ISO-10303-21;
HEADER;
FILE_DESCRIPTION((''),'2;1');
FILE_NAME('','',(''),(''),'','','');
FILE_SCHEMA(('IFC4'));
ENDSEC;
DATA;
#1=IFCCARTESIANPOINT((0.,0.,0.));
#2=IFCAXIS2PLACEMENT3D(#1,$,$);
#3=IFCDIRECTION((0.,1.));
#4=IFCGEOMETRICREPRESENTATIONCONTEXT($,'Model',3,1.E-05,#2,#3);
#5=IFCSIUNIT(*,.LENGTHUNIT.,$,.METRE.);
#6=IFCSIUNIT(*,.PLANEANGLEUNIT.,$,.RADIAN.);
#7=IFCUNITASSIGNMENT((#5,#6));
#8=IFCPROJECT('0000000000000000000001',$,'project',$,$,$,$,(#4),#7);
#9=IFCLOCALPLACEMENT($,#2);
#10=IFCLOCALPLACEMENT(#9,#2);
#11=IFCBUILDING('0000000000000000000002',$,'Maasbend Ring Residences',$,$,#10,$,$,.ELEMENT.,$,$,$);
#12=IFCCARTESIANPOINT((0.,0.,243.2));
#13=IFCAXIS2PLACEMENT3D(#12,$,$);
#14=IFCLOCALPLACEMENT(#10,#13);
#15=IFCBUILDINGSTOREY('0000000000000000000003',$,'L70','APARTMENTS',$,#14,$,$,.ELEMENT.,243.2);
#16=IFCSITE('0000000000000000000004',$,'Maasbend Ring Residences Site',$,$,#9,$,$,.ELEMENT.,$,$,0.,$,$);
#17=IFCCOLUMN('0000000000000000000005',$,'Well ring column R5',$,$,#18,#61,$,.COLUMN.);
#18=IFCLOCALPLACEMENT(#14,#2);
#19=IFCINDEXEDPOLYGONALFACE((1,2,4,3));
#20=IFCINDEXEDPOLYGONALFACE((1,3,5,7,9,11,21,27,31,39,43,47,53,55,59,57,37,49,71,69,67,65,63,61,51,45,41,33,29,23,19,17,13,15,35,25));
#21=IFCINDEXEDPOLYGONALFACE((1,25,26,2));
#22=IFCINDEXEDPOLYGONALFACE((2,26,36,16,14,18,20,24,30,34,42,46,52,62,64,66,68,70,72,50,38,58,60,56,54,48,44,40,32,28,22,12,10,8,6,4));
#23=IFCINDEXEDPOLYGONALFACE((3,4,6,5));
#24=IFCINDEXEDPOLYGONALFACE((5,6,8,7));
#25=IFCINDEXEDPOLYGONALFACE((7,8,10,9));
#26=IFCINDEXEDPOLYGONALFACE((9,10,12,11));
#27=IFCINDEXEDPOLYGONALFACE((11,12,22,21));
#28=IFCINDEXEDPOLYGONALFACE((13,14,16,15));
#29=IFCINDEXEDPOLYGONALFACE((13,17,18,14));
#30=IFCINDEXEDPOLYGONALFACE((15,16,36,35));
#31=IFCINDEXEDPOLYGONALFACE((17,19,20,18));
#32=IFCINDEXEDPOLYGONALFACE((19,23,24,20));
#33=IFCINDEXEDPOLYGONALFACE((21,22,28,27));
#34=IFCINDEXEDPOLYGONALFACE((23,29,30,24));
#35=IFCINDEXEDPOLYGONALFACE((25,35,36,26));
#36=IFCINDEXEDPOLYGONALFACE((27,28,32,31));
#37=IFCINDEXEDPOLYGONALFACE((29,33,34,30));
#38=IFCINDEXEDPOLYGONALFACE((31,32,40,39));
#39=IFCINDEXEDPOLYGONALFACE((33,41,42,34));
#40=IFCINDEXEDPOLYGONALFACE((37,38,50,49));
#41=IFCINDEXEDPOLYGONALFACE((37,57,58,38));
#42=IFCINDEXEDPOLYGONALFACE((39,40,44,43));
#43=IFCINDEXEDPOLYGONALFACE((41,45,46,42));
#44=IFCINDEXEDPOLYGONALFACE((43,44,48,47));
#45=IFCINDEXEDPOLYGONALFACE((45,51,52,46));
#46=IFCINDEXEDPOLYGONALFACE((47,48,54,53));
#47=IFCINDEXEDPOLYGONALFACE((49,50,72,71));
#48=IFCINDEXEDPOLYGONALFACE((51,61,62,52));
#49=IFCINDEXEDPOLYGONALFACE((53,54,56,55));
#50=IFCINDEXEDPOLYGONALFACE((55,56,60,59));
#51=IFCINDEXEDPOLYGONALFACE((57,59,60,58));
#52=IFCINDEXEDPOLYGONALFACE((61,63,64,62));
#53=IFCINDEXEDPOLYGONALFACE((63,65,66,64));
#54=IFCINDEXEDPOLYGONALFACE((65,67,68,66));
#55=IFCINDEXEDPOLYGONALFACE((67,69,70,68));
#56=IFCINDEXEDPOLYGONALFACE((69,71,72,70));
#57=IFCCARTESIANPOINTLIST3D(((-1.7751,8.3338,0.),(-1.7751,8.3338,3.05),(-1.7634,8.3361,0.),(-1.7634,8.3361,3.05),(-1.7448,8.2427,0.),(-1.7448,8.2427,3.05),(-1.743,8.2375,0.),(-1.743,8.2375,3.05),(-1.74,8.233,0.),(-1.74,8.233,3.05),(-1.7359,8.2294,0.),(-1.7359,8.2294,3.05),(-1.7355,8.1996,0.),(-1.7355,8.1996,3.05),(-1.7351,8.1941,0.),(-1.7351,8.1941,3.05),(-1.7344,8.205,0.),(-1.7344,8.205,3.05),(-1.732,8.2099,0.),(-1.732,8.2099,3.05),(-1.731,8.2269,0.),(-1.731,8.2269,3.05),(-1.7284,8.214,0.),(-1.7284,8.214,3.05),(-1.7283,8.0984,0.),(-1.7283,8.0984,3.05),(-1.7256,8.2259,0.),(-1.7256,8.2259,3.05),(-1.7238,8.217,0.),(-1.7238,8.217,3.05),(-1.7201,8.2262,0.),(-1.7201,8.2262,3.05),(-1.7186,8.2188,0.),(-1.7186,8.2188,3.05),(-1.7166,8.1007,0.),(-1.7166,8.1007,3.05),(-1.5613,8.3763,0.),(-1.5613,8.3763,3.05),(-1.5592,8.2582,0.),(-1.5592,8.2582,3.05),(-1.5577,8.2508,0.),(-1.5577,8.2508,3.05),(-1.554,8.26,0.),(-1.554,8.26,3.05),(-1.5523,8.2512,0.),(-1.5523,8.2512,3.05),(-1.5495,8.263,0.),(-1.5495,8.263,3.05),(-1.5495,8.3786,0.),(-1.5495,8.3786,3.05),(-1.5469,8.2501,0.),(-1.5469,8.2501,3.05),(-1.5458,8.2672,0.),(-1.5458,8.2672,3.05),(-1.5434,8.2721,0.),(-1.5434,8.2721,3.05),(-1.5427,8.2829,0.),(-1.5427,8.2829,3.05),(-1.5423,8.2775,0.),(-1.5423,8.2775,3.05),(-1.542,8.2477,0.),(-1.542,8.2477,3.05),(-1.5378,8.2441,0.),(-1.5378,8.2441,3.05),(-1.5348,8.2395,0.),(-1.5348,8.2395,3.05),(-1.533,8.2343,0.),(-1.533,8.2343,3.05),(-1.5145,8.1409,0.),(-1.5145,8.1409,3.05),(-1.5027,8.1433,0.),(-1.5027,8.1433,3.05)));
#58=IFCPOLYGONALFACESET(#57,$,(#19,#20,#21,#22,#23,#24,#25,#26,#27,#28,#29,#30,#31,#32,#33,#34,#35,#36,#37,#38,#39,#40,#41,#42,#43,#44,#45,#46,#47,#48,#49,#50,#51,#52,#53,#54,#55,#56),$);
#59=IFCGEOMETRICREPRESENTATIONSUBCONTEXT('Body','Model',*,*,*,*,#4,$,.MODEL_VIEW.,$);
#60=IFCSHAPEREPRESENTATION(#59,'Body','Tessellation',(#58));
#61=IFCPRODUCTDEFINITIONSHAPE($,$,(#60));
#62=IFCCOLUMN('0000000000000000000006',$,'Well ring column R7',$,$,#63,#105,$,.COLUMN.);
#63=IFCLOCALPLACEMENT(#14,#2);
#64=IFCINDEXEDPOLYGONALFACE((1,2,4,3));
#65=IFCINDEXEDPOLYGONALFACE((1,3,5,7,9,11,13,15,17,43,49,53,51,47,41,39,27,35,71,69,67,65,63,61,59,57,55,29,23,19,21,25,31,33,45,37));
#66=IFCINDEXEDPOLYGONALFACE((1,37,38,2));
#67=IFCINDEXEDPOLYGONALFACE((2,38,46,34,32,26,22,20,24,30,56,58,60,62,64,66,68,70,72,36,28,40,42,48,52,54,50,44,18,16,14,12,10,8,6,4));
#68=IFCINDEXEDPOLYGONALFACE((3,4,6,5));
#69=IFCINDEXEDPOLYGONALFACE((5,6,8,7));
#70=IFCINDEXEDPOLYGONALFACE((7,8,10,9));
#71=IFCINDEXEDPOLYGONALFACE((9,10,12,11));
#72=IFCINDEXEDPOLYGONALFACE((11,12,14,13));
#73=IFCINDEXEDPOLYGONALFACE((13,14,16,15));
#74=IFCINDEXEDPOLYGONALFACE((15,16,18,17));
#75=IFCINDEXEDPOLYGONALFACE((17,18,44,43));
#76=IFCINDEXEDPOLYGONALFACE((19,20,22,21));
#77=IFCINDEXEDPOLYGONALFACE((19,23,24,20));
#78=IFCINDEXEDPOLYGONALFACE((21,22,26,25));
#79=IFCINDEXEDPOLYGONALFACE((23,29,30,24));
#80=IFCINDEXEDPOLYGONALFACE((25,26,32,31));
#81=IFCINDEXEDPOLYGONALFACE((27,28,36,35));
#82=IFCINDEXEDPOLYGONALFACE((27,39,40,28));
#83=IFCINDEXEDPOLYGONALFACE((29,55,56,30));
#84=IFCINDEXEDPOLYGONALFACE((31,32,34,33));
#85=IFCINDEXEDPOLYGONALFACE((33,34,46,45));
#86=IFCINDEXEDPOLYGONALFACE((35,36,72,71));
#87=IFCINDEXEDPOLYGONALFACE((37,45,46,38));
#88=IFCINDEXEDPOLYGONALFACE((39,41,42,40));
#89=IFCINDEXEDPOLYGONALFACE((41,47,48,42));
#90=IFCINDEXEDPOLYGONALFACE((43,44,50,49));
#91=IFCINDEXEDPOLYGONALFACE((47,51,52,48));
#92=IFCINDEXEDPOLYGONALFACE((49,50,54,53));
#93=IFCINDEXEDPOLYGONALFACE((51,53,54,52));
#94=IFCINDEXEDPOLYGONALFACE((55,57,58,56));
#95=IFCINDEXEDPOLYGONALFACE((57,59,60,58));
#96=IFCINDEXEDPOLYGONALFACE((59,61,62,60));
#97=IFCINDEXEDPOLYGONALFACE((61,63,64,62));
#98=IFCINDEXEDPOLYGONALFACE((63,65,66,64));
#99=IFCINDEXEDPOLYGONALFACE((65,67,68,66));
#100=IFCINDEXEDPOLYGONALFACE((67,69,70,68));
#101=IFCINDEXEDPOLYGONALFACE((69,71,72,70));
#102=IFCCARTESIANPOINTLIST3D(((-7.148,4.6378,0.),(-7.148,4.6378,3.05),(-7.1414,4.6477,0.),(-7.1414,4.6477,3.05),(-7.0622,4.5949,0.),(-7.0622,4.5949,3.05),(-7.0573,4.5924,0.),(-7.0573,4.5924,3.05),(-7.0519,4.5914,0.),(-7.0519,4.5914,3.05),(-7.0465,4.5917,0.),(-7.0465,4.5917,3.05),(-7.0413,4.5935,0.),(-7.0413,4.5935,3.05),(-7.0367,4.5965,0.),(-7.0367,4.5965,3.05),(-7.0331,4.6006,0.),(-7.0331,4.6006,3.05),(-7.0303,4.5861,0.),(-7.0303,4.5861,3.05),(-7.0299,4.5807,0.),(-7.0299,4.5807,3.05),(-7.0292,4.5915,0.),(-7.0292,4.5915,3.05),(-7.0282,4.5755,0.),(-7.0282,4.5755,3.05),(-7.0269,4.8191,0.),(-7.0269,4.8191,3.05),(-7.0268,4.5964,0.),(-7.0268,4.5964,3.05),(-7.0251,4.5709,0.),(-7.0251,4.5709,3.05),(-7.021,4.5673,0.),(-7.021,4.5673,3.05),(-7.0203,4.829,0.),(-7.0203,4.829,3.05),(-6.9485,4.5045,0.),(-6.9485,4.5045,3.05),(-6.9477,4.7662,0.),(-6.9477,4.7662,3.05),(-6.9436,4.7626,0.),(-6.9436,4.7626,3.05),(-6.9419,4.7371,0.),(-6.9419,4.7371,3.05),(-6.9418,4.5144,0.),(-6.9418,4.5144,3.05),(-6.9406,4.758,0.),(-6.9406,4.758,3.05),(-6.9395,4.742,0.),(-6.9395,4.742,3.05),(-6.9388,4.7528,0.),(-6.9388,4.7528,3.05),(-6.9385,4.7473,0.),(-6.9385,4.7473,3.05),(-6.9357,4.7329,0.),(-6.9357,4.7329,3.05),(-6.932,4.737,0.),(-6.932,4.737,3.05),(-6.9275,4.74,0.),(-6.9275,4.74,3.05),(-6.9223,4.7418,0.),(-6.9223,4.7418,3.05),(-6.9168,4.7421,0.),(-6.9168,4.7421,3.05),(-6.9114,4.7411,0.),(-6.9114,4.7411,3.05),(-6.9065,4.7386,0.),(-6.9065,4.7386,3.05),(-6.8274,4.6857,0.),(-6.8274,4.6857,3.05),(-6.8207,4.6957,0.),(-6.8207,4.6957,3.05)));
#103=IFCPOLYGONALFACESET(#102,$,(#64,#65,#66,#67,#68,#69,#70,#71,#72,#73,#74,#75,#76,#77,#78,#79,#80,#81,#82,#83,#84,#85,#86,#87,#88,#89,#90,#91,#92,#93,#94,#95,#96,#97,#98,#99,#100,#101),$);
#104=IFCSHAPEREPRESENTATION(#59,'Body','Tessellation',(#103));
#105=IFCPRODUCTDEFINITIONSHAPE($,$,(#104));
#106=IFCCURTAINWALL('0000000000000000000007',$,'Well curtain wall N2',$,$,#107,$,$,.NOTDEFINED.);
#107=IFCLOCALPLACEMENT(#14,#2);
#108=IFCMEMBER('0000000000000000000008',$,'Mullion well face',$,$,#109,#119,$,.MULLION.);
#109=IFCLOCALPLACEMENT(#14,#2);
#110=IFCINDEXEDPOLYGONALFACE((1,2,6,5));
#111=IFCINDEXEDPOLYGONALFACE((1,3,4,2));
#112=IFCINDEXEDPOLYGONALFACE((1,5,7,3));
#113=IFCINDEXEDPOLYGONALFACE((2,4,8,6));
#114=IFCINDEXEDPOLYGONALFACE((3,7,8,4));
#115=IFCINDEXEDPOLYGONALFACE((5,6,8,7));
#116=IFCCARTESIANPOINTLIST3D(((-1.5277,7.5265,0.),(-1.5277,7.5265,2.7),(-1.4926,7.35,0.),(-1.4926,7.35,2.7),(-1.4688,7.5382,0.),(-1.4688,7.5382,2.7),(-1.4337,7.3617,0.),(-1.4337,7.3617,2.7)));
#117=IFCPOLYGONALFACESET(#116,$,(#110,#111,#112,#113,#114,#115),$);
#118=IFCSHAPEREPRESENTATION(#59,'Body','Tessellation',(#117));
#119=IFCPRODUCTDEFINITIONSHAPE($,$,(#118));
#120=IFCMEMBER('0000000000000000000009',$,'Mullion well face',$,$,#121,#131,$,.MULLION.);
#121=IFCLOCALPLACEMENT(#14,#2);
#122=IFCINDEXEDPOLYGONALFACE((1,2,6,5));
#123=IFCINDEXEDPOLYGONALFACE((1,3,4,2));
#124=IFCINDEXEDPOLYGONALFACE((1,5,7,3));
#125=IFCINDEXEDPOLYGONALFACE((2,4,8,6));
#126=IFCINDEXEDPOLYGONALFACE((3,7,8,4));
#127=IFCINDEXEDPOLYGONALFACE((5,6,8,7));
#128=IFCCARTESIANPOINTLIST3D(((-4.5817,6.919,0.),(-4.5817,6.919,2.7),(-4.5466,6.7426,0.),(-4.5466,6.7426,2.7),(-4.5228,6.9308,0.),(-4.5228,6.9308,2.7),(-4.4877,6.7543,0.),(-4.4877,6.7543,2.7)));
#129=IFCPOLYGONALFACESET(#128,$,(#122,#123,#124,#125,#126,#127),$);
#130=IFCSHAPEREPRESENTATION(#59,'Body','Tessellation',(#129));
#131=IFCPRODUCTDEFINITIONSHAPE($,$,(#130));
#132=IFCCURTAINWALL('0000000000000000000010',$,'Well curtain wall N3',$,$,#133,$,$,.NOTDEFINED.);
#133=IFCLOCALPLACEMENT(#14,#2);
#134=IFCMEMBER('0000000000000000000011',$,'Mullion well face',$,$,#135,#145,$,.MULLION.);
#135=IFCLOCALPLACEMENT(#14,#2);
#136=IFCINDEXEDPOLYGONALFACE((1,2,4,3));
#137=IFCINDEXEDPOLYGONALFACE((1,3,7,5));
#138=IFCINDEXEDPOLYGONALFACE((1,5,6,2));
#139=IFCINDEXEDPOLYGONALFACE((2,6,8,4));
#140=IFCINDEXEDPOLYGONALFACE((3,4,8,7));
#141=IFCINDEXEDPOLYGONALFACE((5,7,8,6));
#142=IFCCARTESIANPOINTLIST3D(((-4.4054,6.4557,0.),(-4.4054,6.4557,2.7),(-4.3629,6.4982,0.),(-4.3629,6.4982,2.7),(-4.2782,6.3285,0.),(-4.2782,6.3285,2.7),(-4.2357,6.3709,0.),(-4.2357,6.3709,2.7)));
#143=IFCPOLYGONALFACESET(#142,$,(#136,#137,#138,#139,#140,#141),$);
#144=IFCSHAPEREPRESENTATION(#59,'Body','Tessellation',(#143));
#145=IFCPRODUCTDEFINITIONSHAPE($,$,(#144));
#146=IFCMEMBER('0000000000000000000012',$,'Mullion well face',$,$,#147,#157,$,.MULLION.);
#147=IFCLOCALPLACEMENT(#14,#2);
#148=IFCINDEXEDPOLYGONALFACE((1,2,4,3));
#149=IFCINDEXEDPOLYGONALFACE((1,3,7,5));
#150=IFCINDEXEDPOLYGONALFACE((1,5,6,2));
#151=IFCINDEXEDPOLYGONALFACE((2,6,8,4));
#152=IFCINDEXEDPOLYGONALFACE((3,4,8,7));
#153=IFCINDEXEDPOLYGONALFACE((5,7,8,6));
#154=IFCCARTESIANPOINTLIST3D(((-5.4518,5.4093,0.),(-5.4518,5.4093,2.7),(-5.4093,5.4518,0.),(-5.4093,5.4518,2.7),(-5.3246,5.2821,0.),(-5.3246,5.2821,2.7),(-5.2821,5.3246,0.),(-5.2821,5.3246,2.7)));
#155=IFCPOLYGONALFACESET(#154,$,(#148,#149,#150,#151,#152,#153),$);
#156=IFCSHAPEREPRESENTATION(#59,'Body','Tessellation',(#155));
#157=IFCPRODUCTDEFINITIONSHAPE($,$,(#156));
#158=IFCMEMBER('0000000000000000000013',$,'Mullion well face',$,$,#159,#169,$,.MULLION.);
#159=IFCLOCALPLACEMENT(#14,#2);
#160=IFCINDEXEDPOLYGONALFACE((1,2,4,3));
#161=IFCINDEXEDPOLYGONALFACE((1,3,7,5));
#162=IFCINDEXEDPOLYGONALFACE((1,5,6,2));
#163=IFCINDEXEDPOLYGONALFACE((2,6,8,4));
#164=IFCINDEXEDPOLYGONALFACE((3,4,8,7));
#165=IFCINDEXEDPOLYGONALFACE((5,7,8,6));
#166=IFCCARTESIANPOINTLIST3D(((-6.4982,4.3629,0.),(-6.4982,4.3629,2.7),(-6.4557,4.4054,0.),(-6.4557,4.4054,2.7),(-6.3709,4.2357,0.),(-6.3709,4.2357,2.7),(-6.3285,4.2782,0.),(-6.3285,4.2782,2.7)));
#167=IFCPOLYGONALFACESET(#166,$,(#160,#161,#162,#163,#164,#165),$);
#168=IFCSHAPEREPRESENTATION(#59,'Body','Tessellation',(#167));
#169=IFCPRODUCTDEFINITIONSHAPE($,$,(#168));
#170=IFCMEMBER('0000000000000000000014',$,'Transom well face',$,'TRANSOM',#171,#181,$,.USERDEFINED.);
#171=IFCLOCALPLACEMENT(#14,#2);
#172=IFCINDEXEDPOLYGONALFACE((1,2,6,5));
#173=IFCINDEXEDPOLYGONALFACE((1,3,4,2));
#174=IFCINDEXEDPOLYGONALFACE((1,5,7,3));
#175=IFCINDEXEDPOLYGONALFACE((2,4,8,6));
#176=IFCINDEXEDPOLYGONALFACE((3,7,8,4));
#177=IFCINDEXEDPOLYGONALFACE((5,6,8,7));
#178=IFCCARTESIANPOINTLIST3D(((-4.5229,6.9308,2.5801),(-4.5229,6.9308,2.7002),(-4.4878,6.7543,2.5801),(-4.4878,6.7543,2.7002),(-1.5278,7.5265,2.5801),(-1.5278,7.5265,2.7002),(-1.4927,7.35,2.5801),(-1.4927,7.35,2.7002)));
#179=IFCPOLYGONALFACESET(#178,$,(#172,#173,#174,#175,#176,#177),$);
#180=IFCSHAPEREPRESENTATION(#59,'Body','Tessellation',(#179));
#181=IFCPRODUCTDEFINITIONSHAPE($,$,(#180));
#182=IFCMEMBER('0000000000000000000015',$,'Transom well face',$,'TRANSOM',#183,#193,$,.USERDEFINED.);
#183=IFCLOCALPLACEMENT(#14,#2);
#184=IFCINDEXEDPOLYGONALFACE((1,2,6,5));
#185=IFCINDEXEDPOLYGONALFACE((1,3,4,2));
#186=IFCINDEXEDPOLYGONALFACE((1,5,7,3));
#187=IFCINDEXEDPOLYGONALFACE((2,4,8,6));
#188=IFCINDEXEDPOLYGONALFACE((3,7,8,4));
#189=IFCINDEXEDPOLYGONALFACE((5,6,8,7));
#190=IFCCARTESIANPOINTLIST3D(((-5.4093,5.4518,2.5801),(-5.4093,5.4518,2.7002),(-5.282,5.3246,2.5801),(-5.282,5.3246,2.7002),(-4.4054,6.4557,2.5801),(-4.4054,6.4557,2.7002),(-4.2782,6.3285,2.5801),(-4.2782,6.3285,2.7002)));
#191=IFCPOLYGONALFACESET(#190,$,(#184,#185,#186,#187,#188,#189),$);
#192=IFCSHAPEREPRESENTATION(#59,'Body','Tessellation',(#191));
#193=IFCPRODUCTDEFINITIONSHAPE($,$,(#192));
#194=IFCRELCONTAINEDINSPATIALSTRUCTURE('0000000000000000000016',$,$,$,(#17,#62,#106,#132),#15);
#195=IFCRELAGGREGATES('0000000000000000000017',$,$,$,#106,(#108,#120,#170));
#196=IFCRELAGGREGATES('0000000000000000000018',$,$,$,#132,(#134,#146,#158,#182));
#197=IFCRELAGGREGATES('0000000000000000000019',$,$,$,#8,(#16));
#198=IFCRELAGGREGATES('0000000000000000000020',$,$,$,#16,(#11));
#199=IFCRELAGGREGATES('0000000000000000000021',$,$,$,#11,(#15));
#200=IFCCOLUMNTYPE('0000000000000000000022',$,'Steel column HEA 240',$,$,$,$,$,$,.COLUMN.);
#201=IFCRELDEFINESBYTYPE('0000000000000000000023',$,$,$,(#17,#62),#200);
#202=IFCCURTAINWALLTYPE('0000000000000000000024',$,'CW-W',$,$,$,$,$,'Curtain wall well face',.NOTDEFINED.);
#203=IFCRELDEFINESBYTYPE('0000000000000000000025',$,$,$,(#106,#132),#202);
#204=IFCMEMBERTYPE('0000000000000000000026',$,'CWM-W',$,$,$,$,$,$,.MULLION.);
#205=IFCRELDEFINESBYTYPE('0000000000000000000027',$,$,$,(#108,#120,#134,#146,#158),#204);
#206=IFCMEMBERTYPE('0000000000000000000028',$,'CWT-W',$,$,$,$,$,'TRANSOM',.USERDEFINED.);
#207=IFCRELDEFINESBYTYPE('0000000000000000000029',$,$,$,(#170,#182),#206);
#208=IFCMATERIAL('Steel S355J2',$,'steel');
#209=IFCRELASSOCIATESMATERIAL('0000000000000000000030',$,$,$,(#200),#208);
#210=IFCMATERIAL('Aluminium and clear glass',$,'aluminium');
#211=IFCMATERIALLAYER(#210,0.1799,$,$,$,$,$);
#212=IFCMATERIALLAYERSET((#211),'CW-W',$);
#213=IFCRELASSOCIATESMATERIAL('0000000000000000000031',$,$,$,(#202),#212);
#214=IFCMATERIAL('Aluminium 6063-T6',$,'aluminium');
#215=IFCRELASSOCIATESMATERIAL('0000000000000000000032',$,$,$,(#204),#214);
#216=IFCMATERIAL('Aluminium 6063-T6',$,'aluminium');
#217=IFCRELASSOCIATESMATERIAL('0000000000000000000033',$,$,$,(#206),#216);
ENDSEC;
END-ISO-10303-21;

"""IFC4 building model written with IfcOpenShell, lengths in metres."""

from ifc_helpers import new_model, si_unit, direction, frame, origin, origin_2d, place, context, subcontext, project, spatial, rectangle, i_section, extrude, material, layer, layer_set, material_profile, profile_set, type_object, element, aggregate, save


model = new_model("IFC4")

# Units and contexts
model_context = context("Model", 3, precision=1e-05, world=origin(), true_north=direction((0.0, 1.0)))
body_context = subcontext(model_context, "Body", "Model", "MODEL_VIEW")
ifc_project = project(units=[si_unit("LENGTHUNIT", "METRE"), si_unit("PLANEANGLEUNIT", "RADIAN")], contexts=[model_context])

# Site, building, storey
site_placement = place(None, origin())
site = spatial("IfcSite", under=ifc_project, at=site_placement, Name="Maasbend Ring Residences Site", CompositionType="ELEMENT", RefElevation=0.0)
building_placement = place(site_placement, origin())
building = spatial("IfcBuilding", under=site, at=building_placement, Name="Maasbend Ring Residences", CompositionType="ELEMENT")
storey_placement = place(building_placement, frame((0.0, 0.0, 243.2)))
storey = spatial("IfcBuildingStorey", under=building, at=storey_placement, Name="L70", Description="APARTMENTS", CompositionType="ELEMENT", Elevation=243.2)

# Columns
ifc_material_1 = material(Name="Steel S355J2", Category="steel")
ifc_material_profile_1 = material_profile(ifc_material_1, i_section(OverallWidth=0.24, OverallDepth=0.23, WebThickness=0.0076, FlangeThickness=0.012, FilletRadius=0.021, at=origin_2d()), Name="HEA 240")
ifc_profile_set_1 = profile_set([ifc_material_profile_1], Name="Steel S355J2")
column_type = type_object("IfcColumnType", Name="Steel column HEA 240", PredefinedType="COLUMN", material=ifc_profile_set_1)
for number, where, z_axis, x_axis, name in (
    (1, (-1.6389, 8.2385, 0.0), (0.0, 0.0, 1.0), (-0.19509, 0.980785, 0.0), "Well ring column R5"),
    (2, (-6.9844, 4.6667, 0.0), (0.0, 0.0, 1.0), (-0.83147, 0.55557, 0.0), "Well ring column R7"),
):
    element("IfcColumn", number, at=place(storey_placement, frame(where, z_axis=z_axis, x_axis=x_axis)), inside=storey, type_object=column_type, Name=name, PredefinedType="COLUMN", context=body_context, shape_type="SweptSolid", body=[
        extrude(i_section(OverallWidth=0.24, OverallDepth=0.23, WebThickness=0.0076, FlangeThickness=0.012, FilletRadius=0.021, at=origin_2d()), origin(), (0.0, 0.0, 1.0), 3.05),
    ])

# Curtain walls, members
ifc_material_2 = material(Name="Aluminium and clear glass", Category="aluminium")
ifc_layer_1 = layer(ifc_material_2, 0.1799)
ifc_layer_set_1 = layer_set([ifc_layer_1], Name="CW-W")
curtain_wall_type = type_object("IfcCurtainWallType", Name="CW-W", ElementType="Curtain wall well face", PredefinedType="NOTDEFINED", material=ifc_layer_set_1)
curtain_wall_1_placement = place(storey_placement, origin())
curtain_wall_1 = element("IfcCurtainWall", 3, at=curtain_wall_1_placement, inside=storey, type_object=curtain_wall_type, Name="Well curtain wall N2", PredefinedType="NOTDEFINED")
ifc_material_3 = material(Name="Aluminium 6063-T6", Category="aluminium")
ifc_material_profile_2 = material_profile(ifc_material_3, rectangle(XDim=0.1799, YDim=0.0601, at=origin_2d()), Name="AL 180x60")
ifc_profile_set_2 = profile_set([ifc_material_profile_2], Name="Aluminium 6063-T6")
member_type_1 = type_object("IfcMemberType", Name="CWM-W", PredefinedType="MULLION", material=ifc_profile_set_2)
member_1_placement = place(storey_placement, frame((-1.4807, 7.4441, 0.0), z_axis=(0.0, 0.0, 1.0), x_axis=(0.19509, -0.980785, 0.0)))
member_1 = element("IfcMember", 4, at=member_1_placement, type_object=member_type_1, Name="Mullion well face", PredefinedType="MULLION", context=body_context, shape_type="SweptSolid", body=[
    extrude(rectangle(XDim=0.1799, YDim=0.0601, at=origin_2d()), origin(), (0.0, 0.0, 1.0), 2.7),
])
member_2_placement = place(storey_placement, frame((-4.5347, 6.8367, 0.0), z_axis=(0.0, 0.0, 1.0), x_axis=(0.19509, -0.980785, 0.0)))
member_2 = element("IfcMember", 5, at=member_2_placement, type_object=member_type_1, Name="Mullion well face", PredefinedType="MULLION", context=body_context, shape_type="SweptSolid", body=[
    extrude(rectangle(XDim=0.1799, YDim=0.0601, at=origin_2d()), origin(), (0.0, 0.0, 1.0), 2.7),
])
curtain_wall_2_placement = place(storey_placement, origin())
curtain_wall_2 = element("IfcCurtainWall", 6, at=curtain_wall_2_placement, inside=storey, type_object=curtain_wall_type, Name="Well curtain wall N3", PredefinedType="NOTDEFINED")
member_3_placement = place(storey_placement, frame((-4.3206, 6.4133, 0.0), z_axis=(0.0, 0.0, 1.0), x_axis=(0.707107, -0.707107, 0.0)))
member_3 = element("IfcMember", 7, at=member_3_placement, type_object=member_type_1, Name="Mullion well face", PredefinedType="MULLION", context=body_context, shape_type="SweptSolid", body=[
    extrude(rectangle(XDim=0.1799, YDim=0.0601, at=origin_2d()), origin(), (0.0, 0.0, 1.0), 2.7),
])
member_4_placement = place(storey_placement, frame((-5.3669, 5.3669, 0.0), z_axis=(0.0, 0.0, 1.0), x_axis=(0.707107, -0.707107, 0.0)))
member_4 = element("IfcMember", 8, at=member_4_placement, type_object=member_type_1, Name="Mullion well face", PredefinedType="MULLION", context=body_context, shape_type="SweptSolid", body=[
    extrude(rectangle(XDim=0.1799, YDim=0.0601, at=origin_2d()), origin(), (0.0, 0.0, 1.0), 2.7),
])
member_5_placement = place(storey_placement, frame((-6.4133, 4.3206, 0.0), z_axis=(0.0, 0.0, 1.0), x_axis=(0.707107, -0.707107, 0.0)))
member_5 = element("IfcMember", 9, at=member_5_placement, type_object=member_type_1, Name="Mullion well face", PredefinedType="MULLION", context=body_context, shape_type="SweptSolid", body=[
    extrude(rectangle(XDim=0.1799, YDim=0.0601, at=origin_2d()), origin(), (0.0, 0.0, 1.0), 2.7),
])

# Members
ifc_material_4 = material(Name="Aluminium 6063-T6", Category="aluminium")
ifc_material_profile_3 = material_profile(ifc_material_4, rectangle(XDim=0.1799, YDim=0.1201, at=origin_2d()), Name="AL 180x120")
ifc_profile_set_3 = profile_set([ifc_material_profile_3], Name="Aluminium 6063-T6")
member_type_2 = type_object("IfcMemberType", Name="CWT-W", ElementType="TRANSOM", PredefinedType="USERDEFINED", material=ifc_profile_set_3)
member_6_placement = place(storey_placement, frame((-1.5103, 7.4382, 2.6401), z_axis=(-0.980789, -0.195071, 0.0), x_axis=(0.195071, -0.980789, 0.0)))
member_6 = element("IfcMember", 10, at=member_6_placement, type_object=member_type_2, Name="Transom well face", ObjectType="TRANSOM", PredefinedType="USERDEFINED", context=body_context, shape_type="SweptSolid", body=[
    extrude(rectangle(XDim=0.1799, YDim=0.1201, at=origin_2d()), origin(), (0.0, 0.0, 1.0), 3.0537),
])
member_7_placement = place(storey_placement, frame((-4.3418, 6.3921, 2.6401), z_axis=(-0.707107, -0.707107, 0.0), x_axis=(0.707107, -0.707107, 0.0)))
member_7 = element("IfcMember", 11, at=member_7_placement, type_object=member_type_2, Name="Transom well face", ObjectType="TRANSOM", PredefinedType="USERDEFINED", context=body_context, shape_type="SweptSolid", body=[
    extrude(rectangle(XDim=0.1799, YDim=0.1201, at=origin_2d()), origin(), (0.0, 0.0, 1.0), 1.4197),
])

aggregate(curtain_wall_1, [member_1, member_2, member_6])
aggregate(curtain_wall_2, [member_3, member_4, member_5, member_7])

save(model, "model.ifc")
